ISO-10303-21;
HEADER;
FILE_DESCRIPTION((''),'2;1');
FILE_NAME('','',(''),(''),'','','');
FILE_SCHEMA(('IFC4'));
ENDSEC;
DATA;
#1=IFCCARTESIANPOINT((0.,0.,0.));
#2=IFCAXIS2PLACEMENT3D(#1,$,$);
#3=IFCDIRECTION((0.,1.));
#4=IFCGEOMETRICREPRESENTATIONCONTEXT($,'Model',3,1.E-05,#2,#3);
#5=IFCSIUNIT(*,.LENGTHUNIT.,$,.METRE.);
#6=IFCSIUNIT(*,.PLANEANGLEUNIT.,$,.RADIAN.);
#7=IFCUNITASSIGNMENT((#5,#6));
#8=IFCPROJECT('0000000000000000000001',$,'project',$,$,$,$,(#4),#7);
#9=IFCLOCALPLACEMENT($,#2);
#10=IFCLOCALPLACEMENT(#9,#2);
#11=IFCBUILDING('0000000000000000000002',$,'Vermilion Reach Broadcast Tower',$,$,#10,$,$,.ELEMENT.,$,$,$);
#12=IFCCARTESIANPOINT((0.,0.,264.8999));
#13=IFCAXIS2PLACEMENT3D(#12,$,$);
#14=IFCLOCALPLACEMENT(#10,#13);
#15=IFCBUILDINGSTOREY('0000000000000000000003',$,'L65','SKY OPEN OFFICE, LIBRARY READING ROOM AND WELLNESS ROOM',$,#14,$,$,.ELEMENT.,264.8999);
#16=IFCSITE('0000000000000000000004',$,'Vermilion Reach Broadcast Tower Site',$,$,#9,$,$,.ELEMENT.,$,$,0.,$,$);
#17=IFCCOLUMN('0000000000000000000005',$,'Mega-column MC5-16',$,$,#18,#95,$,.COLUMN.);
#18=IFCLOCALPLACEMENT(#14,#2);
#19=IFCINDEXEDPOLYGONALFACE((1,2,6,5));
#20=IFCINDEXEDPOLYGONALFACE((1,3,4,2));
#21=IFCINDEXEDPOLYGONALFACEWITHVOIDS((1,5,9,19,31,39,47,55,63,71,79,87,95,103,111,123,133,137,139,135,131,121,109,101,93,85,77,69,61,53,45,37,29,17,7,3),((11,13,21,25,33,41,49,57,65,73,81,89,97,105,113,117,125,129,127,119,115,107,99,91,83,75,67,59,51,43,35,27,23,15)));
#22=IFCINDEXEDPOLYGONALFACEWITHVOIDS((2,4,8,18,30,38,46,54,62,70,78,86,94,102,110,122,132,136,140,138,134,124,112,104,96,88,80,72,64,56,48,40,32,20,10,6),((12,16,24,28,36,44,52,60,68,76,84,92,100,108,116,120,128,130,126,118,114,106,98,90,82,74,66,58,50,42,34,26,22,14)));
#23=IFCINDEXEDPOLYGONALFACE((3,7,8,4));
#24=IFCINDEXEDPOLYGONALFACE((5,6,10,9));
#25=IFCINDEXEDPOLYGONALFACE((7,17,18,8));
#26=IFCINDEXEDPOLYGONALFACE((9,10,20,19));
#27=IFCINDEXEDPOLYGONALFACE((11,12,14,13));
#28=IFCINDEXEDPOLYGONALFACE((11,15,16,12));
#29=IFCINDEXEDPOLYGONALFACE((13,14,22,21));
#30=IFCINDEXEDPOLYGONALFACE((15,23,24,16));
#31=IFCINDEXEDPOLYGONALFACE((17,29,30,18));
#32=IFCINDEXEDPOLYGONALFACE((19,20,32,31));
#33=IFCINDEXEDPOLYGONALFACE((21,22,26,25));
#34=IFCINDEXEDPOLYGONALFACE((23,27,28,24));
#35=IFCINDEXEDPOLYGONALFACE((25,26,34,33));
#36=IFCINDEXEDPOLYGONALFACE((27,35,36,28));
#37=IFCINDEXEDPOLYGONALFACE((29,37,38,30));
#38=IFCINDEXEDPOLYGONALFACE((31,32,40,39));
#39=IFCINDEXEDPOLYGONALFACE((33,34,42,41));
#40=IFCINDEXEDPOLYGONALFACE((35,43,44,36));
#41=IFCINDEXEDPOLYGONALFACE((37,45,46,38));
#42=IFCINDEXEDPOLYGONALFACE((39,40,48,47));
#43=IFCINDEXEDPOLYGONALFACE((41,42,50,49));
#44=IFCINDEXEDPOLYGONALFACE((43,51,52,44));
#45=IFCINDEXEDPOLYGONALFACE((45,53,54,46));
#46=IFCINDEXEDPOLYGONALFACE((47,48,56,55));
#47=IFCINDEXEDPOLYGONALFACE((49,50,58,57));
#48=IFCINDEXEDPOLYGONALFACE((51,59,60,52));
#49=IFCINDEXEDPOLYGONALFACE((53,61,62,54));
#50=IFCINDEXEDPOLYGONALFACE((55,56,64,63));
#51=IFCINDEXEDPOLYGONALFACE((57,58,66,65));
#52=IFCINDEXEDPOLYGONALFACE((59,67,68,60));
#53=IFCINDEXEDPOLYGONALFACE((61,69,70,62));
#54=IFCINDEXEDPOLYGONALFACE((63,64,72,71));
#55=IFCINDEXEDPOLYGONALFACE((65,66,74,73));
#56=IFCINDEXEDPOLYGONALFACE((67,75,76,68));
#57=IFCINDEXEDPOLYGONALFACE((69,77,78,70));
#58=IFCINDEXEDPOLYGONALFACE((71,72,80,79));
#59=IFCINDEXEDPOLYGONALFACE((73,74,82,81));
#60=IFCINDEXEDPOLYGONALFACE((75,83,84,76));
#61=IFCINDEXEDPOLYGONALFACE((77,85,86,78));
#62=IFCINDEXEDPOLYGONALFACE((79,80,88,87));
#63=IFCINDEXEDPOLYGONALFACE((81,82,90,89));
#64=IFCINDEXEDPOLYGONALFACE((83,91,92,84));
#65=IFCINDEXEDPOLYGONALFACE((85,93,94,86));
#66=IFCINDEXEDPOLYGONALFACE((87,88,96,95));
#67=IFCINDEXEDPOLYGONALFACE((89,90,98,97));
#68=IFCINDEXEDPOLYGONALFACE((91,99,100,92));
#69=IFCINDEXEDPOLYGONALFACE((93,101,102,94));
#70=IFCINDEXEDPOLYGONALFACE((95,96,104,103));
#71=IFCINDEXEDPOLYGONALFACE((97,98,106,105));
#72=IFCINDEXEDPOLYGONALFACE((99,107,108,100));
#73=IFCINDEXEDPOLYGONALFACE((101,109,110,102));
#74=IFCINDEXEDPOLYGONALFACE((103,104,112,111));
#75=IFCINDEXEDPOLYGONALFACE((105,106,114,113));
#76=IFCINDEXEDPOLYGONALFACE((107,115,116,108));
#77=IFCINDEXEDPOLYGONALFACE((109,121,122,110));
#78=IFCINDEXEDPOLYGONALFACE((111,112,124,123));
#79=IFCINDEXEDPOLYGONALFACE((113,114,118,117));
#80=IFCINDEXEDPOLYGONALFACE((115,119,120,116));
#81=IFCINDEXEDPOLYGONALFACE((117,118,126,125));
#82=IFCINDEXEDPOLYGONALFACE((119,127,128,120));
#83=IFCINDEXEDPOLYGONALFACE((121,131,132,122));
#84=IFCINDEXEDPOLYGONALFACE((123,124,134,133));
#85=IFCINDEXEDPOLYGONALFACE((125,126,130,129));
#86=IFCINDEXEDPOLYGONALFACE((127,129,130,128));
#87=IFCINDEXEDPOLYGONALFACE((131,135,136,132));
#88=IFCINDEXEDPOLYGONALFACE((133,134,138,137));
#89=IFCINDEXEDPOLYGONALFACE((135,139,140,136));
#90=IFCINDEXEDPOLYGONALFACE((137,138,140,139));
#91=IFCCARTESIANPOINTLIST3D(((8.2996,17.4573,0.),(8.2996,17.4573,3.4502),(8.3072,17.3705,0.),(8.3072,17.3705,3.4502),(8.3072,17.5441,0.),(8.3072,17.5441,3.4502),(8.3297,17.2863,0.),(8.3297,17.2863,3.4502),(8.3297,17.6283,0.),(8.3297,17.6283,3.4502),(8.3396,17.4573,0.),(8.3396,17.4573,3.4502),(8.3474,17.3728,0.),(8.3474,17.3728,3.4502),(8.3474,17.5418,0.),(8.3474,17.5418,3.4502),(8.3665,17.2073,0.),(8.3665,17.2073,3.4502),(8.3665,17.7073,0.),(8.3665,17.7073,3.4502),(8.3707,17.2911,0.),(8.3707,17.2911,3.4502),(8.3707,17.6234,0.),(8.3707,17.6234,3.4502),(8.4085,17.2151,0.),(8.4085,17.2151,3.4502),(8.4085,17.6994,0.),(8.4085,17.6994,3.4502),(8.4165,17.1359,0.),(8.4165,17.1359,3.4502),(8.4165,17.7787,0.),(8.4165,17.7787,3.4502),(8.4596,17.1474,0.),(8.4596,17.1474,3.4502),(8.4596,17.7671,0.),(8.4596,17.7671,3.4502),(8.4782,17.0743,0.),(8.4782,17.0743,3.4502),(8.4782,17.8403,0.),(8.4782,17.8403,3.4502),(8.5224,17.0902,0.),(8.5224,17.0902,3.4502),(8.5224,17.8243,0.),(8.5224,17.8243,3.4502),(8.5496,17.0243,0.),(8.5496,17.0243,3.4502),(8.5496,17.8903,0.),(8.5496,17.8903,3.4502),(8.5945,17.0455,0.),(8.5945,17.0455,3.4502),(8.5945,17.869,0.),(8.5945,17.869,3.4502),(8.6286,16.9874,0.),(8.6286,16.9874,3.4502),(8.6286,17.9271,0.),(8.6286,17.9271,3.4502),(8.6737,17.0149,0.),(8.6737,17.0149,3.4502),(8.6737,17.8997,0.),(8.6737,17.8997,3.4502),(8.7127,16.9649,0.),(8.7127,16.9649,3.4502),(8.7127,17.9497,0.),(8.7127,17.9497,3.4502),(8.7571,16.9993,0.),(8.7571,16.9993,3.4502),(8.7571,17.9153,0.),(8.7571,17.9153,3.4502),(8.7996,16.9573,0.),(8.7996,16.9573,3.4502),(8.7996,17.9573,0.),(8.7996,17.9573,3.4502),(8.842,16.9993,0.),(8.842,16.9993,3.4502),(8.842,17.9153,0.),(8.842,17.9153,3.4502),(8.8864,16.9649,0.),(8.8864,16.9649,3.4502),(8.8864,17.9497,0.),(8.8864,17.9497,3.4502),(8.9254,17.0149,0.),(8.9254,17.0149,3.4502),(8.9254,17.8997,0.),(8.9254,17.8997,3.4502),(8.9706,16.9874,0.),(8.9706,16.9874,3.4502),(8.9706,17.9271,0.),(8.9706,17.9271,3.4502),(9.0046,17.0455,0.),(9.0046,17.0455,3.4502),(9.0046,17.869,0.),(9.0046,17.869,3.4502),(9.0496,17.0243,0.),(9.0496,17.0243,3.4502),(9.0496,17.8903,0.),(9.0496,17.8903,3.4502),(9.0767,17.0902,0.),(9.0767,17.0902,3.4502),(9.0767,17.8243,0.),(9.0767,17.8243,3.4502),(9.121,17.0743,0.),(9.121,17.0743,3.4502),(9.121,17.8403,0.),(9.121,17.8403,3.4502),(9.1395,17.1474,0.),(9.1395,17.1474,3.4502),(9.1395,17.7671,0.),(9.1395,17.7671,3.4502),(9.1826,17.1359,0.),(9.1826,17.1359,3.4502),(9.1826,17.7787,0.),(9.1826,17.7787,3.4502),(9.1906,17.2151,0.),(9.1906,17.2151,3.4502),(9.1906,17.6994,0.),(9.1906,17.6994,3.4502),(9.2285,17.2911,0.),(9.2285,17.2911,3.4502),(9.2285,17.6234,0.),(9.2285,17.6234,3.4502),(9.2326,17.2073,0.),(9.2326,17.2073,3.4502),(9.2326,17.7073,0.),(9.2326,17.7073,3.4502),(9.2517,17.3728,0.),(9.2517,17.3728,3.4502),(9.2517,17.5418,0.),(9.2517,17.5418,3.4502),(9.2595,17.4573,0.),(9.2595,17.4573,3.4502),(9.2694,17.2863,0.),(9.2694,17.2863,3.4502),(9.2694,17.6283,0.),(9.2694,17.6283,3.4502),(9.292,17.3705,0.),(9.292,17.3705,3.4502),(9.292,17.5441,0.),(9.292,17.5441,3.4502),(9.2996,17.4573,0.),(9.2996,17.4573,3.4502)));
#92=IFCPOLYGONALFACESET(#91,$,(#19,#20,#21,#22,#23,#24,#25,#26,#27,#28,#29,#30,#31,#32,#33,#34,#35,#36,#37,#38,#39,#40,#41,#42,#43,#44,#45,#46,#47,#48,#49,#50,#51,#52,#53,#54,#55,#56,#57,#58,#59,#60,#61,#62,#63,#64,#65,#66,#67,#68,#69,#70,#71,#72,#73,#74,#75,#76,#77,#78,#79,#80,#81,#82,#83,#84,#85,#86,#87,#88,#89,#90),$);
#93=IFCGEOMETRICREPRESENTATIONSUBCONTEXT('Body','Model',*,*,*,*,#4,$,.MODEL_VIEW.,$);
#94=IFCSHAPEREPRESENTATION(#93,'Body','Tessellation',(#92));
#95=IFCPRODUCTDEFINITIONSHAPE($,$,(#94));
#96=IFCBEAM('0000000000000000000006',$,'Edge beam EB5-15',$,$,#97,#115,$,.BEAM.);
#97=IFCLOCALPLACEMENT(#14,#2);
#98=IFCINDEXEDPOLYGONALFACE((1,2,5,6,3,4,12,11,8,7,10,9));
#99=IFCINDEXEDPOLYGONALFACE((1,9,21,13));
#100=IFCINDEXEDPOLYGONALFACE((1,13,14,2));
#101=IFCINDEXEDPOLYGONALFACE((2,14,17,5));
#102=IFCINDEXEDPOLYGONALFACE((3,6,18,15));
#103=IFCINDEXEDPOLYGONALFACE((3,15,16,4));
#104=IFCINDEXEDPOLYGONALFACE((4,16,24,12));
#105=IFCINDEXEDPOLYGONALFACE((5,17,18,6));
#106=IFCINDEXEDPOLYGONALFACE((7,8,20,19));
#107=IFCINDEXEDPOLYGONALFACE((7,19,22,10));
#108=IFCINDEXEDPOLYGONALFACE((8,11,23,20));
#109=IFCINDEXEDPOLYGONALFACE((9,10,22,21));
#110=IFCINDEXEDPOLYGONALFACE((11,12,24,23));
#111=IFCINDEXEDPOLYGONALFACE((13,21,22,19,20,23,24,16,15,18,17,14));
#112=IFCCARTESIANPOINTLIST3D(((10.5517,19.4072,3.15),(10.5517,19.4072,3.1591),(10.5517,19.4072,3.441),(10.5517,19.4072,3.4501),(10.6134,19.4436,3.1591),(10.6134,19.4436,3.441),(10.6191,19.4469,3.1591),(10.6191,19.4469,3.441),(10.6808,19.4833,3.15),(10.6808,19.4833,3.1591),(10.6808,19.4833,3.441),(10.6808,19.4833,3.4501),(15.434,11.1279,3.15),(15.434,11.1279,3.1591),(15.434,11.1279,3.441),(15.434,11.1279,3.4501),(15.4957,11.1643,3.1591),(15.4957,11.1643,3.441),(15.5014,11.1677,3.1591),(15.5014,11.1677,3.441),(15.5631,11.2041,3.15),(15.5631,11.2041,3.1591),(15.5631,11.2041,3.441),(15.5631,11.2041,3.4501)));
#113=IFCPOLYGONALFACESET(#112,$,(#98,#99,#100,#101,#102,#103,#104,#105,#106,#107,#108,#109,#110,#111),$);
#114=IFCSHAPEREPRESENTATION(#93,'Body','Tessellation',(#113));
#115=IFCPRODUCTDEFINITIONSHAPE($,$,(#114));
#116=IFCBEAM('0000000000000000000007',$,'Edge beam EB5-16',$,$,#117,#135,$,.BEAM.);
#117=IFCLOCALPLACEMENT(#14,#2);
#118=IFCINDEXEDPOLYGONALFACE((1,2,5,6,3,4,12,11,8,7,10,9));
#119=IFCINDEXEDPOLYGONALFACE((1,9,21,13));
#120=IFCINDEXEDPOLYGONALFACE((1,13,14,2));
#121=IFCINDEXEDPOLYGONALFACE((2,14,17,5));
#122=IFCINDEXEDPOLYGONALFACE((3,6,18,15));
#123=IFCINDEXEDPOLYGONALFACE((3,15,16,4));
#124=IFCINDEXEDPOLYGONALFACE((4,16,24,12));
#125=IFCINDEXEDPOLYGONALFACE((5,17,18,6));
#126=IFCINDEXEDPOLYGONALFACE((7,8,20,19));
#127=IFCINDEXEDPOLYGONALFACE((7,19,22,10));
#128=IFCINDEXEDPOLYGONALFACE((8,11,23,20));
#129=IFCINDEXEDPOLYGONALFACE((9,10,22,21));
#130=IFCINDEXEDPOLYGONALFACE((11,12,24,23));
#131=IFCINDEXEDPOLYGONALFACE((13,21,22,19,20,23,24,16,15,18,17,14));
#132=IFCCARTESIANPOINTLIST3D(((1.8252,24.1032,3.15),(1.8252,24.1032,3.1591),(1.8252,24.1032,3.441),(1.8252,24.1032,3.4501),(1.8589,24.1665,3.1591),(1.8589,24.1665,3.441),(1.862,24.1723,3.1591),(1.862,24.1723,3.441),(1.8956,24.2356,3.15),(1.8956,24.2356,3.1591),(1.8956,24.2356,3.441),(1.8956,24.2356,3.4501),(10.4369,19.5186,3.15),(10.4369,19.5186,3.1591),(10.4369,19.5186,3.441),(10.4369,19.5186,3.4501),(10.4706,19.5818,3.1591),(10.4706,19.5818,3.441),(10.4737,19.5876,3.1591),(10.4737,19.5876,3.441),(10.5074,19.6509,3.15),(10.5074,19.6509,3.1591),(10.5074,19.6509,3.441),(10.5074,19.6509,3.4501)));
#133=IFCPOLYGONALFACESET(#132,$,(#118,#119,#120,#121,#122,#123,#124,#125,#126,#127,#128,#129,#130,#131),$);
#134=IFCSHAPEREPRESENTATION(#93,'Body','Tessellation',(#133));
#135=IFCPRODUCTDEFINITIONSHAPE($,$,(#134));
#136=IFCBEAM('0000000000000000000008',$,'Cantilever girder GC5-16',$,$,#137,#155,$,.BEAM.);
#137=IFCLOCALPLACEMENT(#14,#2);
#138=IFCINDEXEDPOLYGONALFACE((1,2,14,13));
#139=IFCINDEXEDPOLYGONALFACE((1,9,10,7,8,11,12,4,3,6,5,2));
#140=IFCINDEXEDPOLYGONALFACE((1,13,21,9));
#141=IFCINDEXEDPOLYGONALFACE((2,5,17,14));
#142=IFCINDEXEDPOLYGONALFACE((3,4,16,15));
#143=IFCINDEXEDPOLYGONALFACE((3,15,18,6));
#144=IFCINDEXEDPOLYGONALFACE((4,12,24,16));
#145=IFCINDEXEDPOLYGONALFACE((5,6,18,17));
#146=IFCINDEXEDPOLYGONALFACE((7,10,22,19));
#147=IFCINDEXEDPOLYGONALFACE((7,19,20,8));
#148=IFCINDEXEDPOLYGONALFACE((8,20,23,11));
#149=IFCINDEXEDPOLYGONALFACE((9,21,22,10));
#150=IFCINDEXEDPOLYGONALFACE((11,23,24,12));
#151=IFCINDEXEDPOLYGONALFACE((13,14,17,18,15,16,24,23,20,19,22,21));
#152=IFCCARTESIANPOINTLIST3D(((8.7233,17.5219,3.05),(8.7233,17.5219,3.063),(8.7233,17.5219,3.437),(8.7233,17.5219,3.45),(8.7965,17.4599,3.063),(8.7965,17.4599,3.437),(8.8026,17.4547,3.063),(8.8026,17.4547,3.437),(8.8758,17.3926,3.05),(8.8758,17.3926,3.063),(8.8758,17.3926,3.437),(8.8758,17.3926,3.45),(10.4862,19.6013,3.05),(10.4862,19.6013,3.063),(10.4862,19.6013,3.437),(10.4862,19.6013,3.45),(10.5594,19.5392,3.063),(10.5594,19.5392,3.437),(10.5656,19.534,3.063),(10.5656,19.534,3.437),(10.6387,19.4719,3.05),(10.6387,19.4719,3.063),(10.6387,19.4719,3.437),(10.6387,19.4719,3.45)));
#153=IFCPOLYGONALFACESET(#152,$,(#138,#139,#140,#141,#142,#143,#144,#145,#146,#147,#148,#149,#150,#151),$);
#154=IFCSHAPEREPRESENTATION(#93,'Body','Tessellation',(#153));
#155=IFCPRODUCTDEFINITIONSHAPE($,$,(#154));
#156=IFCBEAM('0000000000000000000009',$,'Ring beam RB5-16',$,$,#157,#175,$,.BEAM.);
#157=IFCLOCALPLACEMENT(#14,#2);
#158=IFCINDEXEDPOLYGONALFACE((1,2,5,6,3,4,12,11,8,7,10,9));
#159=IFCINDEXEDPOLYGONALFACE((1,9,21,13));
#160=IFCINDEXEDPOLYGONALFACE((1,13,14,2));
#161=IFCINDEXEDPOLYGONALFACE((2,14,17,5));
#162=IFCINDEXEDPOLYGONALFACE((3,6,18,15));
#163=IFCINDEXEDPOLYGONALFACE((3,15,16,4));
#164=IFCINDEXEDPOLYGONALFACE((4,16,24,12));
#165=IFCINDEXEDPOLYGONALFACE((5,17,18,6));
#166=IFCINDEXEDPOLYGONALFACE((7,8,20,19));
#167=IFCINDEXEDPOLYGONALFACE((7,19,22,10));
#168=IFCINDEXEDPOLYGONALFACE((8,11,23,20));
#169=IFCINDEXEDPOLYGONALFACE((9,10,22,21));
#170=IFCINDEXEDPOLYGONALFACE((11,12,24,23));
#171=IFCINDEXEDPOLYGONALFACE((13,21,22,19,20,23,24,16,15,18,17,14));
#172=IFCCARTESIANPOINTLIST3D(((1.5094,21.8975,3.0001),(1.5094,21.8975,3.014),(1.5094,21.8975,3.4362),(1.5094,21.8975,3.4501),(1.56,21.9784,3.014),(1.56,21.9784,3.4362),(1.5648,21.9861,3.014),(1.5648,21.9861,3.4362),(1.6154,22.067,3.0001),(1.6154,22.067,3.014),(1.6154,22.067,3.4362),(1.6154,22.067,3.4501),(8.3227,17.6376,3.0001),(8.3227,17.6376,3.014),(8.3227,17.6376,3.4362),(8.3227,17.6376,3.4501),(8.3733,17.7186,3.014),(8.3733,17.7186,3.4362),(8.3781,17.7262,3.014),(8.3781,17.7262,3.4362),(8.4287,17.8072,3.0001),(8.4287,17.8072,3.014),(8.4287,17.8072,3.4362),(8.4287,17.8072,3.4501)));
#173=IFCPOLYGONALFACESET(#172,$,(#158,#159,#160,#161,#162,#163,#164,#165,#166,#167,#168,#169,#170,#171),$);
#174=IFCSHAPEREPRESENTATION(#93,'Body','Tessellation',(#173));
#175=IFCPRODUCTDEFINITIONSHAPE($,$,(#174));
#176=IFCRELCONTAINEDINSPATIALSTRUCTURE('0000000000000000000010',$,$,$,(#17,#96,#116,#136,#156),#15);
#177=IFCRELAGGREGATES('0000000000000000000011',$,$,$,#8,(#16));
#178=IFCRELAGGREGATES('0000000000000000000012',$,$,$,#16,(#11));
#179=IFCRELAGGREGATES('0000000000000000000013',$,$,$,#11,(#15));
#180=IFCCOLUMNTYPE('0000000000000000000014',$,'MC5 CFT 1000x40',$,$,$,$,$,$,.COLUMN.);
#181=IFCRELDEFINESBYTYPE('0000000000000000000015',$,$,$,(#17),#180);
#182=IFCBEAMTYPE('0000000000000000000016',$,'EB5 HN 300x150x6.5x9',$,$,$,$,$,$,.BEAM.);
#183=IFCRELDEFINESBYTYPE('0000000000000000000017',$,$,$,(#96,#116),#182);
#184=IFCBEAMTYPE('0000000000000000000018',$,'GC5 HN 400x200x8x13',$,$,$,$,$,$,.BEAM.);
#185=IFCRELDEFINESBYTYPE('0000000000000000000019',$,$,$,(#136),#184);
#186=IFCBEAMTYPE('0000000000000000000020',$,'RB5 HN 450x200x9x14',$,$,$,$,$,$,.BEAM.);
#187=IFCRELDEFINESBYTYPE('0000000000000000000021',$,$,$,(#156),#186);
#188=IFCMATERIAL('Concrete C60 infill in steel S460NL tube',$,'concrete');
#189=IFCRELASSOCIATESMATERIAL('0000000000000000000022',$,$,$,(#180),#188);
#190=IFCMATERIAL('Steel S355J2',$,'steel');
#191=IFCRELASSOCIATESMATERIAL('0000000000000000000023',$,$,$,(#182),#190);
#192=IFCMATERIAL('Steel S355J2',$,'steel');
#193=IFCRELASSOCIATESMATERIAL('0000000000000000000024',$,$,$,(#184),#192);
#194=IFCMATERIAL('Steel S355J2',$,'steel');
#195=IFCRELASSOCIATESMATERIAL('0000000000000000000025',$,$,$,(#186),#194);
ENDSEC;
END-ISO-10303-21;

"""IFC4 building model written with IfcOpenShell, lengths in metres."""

from ifc_helpers import new_model, si_unit, direction, frame, origin, origin_2d, place, context, subcontext, project, spatial, hollow_circle, i_section, extrude, material, material_profile, profile_set, type_object, element, save


model = new_model("IFC4")

# Units and contexts
model_context = context("Model", 3, precision=1e-05, world=origin(), true_north=direction((0.0, 1.0)))
body_context = subcontext(model_context, "Body", "Model", "MODEL_VIEW")
ifc_project = project(units=[si_unit("LENGTHUNIT", "METRE"), si_unit("PLANEANGLEUNIT", "RADIAN")], contexts=[model_context])

# Site, building, storey
site_placement = place(None, origin())
site = spatial("IfcSite", under=ifc_project, at=site_placement, Name="Vermilion Reach Broadcast Tower Site", CompositionType="ELEMENT", RefElevation=0.0)
building_placement = place(site_placement, origin())
building = spatial("IfcBuilding", under=site, at=building_placement, Name="Vermilion Reach Broadcast Tower", CompositionType="ELEMENT")
storey_placement = place(building_placement, frame((0.0, 0.0, 264.8999)))
storey = spatial("IfcBuildingStorey", under=building, at=storey_placement, Name="L65", Description="SKY OPEN OFFICE, LIBRARY READING ROOM AND WELLNESS ROOM", CompositionType="ELEMENT", Elevation=264.8999)

# Column
ifc_material_1 = material(Name="Concrete C60 infill in steel S460NL tube", Category="concrete")
ifc_material_profile_1 = material_profile(ifc_material_1, hollow_circle(Radius=0.5, WallThickness=0.04, at=origin_2d()), Name="Concrete C60 infill in steel S460NL tube CFT 1000x40")
ifc_profile_set_1 = profile_set([ifc_material_profile_1], Name="Concrete C60 infill in steel S460NL tube")
column_type = type_object("IfcColumnType", Name="MC5 CFT 1000x40", PredefinedType="COLUMN", material=ifc_profile_set_1)
column_placement = place(storey_placement, frame((8.7996, 17.4573, 0.0), z_axis=(0.0, 0.0, 1.0), x_axis=(1.0, 0.0, 0.0)))
element("IfcColumn", 1, at=column_placement, inside=storey, type_object=column_type, Name="Mega-column MC5-16", PredefinedType="COLUMN", context=body_context, shape_type="SweptSolid", body=[
    extrude(hollow_circle(Radius=0.5, WallThickness=0.04, at=origin_2d()), origin(), (0.0, 0.0, 1.0), 3.4502),
])

# Beams
ifc_material_2 = material(Name="Steel S355J2", Category="steel")
ifc_material_profile_2 = material_profile(ifc_material_2, i_section(OverallWidth=0.1499, OverallDepth=0.3, WebThickness=0.0066, FlangeThickness=0.009, at=origin_2d()), Name="S355J2 HN 300x150x6.5x9")
ifc_profile_set_2 = profile_set([ifc_material_profile_2], Name="Steel S355J2")
beam_type_1 = type_object("IfcBeamType", Name="EB5 HN 300x150x6.5x9", PredefinedType="BEAM", material=ifc_profile_set_2)
beam_1_placement = place(storey_placement, frame((15.4985, 11.166, 3.3), z_axis=(-0.507959, 0.861381, 0.0), x_axis=(-0.861381, -0.507959, 0.0)))
element("IfcBeam", 2, at=beam_1_placement, inside=storey, type_object=beam_type_1, Name="Edge beam EB5-15", PredefinedType="BEAM", context=body_context, shape_type="SweptSolid", body=[
    extrude(i_section(OverallWidth=0.1499, OverallDepth=0.3, WebThickness=0.0066, FlangeThickness=0.009, at=origin_2d()), origin(), (0.0, 0.0, 1.0), 9.6116),
])
beam_2_placement = place(storey_placement, frame((10.4722, 19.5847, 3.3), z_axis=(-0.882704, 0.46993, 0.0), x_axis=(-0.46993, -0.882704, 0.0)))
element("IfcBeam", 3, at=beam_2_placement, inside=storey, type_object=beam_type_1, Name="Edge beam EB5-16", PredefinedType="BEAM", context=body_context, shape_type="SweptSolid", body=[
    extrude(i_section(OverallWidth=0.1499, OverallDepth=0.3, WebThickness=0.0066, FlangeThickness=0.009, at=origin_2d()), origin(), (0.0, 0.0, 1.0), 9.7561),
])
ifc_material_3 = material(Name="Steel S355J2", Category="steel")
ifc_material_profile_3 = material_profile(ifc_material_3, i_section(OverallWidth=0.2, OverallDepth=0.3999, WebThickness=0.0081, FlangeThickness=0.0129, at=origin_2d()), Name="S355J2 HN 400x200x8x13")
ifc_profile_set_3 = profile_set([ifc_material_profile_3], Name="Steel S355J2")
beam_type_2 = type_object("IfcBeamType", Name="GC5 HN 400x200x8x13", PredefinedType="BEAM", material=ifc_profile_set_3)
beam_3_placement = place(storey_placement, frame((8.7996, 17.4573, 3.25), z_axis=(0.646689, 0.762754, 0.0), x_axis=(-0.762754, 0.646689, 0.0)))
element("IfcBeam", 4, at=beam_3_placement, inside=storey, type_object=beam_type_2, Name="Cantilever girder GC5-16", PredefinedType="BEAM", context=body_context, shape_type="SweptSolid", body=[
    extrude(i_section(OverallWidth=0.2, OverallDepth=0.3999, WebThickness=0.0081, FlangeThickness=0.0129, at=origin_2d()), origin(), (0.0, 0.0, 1.0), 2.7261),
])
ifc_material_4 = material(Name="Steel S355J2", Category="steel")
ifc_material_profile_4 = material_profile(ifc_material_4, i_section(OverallWidth=0.2, OverallDepth=0.45, WebThickness=0.009, FlangeThickness=0.0139, at=origin_2d()), Name="S355J2 HN 450x200x9x14")
ifc_profile_set_4 = profile_set([ifc_material_profile_4], Name="Steel S355J2")
beam_type_3 = type_object("IfcBeamType", Name="RB5 HN 450x200x9x14", PredefinedType="BEAM", material=ifc_profile_set_4)
beam_4_placement = place(storey_placement, frame((8.3757, 17.7224, 3.2251), z_axis=(-0.847915, 0.530133, 0.0), x_axis=(-0.530133, -0.847915, 0.0)))
element("IfcBeam", 5, at=beam_4_placement, inside=storey, type_object=beam_type_3, Name="Ring beam RB5-16", PredefinedType="BEAM", context=body_context, shape_type="SweptSolid", body=[
    extrude(i_section(OverallWidth=0.2, OverallDepth=0.45, WebThickness=0.009, FlangeThickness=0.0139, at=origin_2d()), origin(), (0.0, 0.0, 1.0), 8.0354),
])

save(model, "model.ifc")
